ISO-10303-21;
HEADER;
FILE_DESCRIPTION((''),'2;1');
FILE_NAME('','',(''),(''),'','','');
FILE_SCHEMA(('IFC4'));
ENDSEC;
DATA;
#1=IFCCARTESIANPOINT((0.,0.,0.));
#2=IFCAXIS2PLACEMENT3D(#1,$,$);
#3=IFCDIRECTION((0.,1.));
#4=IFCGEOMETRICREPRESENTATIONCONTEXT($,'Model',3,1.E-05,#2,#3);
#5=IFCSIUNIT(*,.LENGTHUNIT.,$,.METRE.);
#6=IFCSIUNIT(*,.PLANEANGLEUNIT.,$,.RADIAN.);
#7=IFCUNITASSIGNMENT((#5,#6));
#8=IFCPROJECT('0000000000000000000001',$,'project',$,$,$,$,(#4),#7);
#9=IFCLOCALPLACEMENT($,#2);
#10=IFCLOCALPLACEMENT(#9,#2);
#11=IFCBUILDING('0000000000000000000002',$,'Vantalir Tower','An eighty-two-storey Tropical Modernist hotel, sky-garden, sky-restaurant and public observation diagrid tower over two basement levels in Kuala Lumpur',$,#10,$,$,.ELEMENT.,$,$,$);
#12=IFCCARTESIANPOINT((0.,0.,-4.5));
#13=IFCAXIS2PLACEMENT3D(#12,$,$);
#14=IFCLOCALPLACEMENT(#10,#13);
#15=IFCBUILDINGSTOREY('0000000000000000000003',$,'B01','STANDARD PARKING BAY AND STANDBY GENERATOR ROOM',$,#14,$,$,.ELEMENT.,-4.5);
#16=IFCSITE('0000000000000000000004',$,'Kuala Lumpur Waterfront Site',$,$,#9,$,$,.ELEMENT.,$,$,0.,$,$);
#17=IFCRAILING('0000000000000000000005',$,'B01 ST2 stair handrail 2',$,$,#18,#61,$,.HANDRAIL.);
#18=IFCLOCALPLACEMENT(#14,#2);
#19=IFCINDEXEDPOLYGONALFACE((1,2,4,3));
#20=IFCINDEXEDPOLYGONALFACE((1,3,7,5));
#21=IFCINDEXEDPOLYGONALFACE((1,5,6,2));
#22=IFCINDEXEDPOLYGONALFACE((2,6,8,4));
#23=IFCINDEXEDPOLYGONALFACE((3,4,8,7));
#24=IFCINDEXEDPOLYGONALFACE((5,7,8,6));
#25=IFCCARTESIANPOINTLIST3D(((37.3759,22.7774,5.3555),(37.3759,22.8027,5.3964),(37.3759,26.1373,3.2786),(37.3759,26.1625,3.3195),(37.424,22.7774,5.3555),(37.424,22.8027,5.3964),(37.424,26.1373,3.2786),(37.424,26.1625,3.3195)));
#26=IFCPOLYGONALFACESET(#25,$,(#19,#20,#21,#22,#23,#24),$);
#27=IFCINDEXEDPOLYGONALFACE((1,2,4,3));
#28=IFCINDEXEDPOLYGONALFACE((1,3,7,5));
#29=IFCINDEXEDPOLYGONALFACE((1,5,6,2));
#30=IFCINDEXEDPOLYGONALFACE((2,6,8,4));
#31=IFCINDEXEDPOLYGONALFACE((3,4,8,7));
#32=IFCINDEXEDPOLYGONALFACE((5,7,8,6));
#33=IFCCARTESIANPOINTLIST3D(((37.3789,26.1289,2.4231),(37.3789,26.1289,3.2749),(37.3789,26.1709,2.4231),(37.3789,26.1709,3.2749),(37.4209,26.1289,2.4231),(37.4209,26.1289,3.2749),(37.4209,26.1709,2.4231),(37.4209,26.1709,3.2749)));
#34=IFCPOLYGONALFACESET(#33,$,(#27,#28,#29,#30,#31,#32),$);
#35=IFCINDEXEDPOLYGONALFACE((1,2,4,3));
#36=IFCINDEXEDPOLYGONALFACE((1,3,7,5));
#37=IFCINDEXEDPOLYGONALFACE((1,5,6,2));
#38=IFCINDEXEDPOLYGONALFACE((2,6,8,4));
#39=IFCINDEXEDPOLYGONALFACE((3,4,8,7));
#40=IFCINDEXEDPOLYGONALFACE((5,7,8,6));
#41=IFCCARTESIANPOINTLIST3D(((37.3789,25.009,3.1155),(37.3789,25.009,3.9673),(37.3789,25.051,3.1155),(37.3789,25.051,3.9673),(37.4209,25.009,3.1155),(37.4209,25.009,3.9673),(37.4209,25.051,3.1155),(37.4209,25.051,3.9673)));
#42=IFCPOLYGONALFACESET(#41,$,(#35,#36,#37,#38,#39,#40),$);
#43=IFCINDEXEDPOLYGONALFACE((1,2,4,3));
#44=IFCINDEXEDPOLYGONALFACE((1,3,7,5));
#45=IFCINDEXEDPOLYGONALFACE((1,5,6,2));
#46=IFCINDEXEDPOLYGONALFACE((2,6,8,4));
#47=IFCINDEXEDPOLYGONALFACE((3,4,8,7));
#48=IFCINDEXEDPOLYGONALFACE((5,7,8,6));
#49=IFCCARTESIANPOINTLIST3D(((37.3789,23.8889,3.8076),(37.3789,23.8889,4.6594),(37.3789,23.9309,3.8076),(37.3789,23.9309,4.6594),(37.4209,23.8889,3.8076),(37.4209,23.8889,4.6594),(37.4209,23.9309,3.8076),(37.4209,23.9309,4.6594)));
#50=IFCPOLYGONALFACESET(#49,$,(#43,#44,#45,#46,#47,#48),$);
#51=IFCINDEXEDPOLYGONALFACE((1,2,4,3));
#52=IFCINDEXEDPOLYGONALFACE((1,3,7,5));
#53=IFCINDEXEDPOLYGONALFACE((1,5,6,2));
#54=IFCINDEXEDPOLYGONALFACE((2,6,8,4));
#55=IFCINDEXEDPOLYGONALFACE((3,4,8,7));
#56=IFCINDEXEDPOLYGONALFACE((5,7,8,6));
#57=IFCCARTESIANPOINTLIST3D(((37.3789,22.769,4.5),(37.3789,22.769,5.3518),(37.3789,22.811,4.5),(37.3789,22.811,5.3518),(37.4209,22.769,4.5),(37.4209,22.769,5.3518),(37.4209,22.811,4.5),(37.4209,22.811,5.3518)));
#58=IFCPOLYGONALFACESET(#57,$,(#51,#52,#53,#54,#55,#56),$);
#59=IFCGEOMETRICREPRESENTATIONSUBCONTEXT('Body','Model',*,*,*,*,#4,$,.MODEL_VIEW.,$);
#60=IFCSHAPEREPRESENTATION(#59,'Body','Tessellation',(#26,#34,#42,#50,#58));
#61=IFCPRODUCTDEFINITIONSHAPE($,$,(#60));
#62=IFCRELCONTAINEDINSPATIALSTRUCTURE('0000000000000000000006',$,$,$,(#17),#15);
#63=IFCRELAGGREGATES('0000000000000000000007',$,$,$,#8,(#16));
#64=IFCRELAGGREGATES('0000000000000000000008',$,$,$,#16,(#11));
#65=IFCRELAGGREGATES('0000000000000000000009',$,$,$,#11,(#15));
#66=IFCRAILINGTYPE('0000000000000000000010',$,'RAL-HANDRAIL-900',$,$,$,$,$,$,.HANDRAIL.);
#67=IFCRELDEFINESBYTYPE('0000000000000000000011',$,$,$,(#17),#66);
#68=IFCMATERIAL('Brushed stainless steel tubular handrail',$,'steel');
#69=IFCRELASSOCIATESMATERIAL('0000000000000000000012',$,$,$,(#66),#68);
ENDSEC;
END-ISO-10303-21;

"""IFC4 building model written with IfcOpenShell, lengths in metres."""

from ifc_helpers import new_model, si_unit, direction, frame, origin, origin_2d, place, context, subcontext, project, spatial, rectangle, extrude, material, type_object, element, save


model = new_model("IFC4")

# Units and contexts
model_context = context("Model", 3, precision=1e-05, world=origin(), true_north=direction((0.0, 1.0)))
body_context = subcontext(model_context, "Body", "Model", "MODEL_VIEW")
ifc_project = project(units=[si_unit("LENGTHUNIT", "METRE"), si_unit("PLANEANGLEUNIT", "RADIAN")], contexts=[model_context])

# Site, building, storey
site_placement = place(None, origin())
site = spatial("IfcSite", under=ifc_project, at=site_placement, Name="Kuala Lumpur Waterfront Site", CompositionType="ELEMENT", RefElevation=0.0)
building_placement = place(site_placement, origin())
building = spatial("IfcBuilding", under=site, at=building_placement, Name="Vantalir Tower", Description="An eighty-two-storey Tropical Modernist hotel, sky-garden, sky-restaurant and public observation diagrid tower over two basement levels in Kuala Lumpur", CompositionType="ELEMENT")
storey_placement = place(building_placement, frame((0.0, 0.0, -4.5)))
storey = spatial("IfcBuildingStorey", under=building, at=storey_placement, Name="B01", Description="STANDARD PARKING BAY AND STANDBY GENERATOR ROOM", CompositionType="ELEMENT", Elevation=-4.5)

# Railing
ifc_material_1 = material(Name="Brushed stainless steel tubular handrail", Category="steel")
railing_type_1 = type_object("IfcRailingType", Name="RAL-HANDRAIL-900", PredefinedType="HANDRAIL", material=ifc_material_1)
railing_1_placement = place(storey_placement, frame((37.3999, 26.1499, 2.4231)))
element("IfcRailing", 1, at=railing_1_placement, inside=storey, type_object=railing_type_1, Name="B01 ST2 stair handrail 2", PredefinedType="HANDRAIL", context=body_context, shape_type="SweptSolid", body=[
    extrude(rectangle(XDim=0.0481, YDim=0.0481, at=origin_2d()), frame((0.0, 0.0, 0.876), z_axis=(0.0, -0.850606, 0.525803), x_axis=(1.0, 0.0, 0.0)), (0.0, 0.0, 1.0), 3.95),
    extrude(rectangle(XDim=0.042, YDim=0.042, at=origin_2d()), origin(), (0.0, 0.0, 1.0), 0.8518),
    extrude(rectangle(XDim=0.042, YDim=0.042, at=origin_2d()), frame((0.0, -1.1199, 0.6924)), (0.0, 0.0, 1.0), 0.8518),
    extrude(rectangle(XDim=0.042, YDim=0.042, at=origin_2d()), frame((0.0, -2.24, 1.3845)), (0.0, 0.0, 1.0), 0.8518),
    extrude(rectangle(XDim=0.042, YDim=0.042, at=origin_2d()), frame((0.0, -3.3599, 2.0769)), (0.0, 0.0, 1.0), 0.8518),
])

save(model, "model.ifc")
